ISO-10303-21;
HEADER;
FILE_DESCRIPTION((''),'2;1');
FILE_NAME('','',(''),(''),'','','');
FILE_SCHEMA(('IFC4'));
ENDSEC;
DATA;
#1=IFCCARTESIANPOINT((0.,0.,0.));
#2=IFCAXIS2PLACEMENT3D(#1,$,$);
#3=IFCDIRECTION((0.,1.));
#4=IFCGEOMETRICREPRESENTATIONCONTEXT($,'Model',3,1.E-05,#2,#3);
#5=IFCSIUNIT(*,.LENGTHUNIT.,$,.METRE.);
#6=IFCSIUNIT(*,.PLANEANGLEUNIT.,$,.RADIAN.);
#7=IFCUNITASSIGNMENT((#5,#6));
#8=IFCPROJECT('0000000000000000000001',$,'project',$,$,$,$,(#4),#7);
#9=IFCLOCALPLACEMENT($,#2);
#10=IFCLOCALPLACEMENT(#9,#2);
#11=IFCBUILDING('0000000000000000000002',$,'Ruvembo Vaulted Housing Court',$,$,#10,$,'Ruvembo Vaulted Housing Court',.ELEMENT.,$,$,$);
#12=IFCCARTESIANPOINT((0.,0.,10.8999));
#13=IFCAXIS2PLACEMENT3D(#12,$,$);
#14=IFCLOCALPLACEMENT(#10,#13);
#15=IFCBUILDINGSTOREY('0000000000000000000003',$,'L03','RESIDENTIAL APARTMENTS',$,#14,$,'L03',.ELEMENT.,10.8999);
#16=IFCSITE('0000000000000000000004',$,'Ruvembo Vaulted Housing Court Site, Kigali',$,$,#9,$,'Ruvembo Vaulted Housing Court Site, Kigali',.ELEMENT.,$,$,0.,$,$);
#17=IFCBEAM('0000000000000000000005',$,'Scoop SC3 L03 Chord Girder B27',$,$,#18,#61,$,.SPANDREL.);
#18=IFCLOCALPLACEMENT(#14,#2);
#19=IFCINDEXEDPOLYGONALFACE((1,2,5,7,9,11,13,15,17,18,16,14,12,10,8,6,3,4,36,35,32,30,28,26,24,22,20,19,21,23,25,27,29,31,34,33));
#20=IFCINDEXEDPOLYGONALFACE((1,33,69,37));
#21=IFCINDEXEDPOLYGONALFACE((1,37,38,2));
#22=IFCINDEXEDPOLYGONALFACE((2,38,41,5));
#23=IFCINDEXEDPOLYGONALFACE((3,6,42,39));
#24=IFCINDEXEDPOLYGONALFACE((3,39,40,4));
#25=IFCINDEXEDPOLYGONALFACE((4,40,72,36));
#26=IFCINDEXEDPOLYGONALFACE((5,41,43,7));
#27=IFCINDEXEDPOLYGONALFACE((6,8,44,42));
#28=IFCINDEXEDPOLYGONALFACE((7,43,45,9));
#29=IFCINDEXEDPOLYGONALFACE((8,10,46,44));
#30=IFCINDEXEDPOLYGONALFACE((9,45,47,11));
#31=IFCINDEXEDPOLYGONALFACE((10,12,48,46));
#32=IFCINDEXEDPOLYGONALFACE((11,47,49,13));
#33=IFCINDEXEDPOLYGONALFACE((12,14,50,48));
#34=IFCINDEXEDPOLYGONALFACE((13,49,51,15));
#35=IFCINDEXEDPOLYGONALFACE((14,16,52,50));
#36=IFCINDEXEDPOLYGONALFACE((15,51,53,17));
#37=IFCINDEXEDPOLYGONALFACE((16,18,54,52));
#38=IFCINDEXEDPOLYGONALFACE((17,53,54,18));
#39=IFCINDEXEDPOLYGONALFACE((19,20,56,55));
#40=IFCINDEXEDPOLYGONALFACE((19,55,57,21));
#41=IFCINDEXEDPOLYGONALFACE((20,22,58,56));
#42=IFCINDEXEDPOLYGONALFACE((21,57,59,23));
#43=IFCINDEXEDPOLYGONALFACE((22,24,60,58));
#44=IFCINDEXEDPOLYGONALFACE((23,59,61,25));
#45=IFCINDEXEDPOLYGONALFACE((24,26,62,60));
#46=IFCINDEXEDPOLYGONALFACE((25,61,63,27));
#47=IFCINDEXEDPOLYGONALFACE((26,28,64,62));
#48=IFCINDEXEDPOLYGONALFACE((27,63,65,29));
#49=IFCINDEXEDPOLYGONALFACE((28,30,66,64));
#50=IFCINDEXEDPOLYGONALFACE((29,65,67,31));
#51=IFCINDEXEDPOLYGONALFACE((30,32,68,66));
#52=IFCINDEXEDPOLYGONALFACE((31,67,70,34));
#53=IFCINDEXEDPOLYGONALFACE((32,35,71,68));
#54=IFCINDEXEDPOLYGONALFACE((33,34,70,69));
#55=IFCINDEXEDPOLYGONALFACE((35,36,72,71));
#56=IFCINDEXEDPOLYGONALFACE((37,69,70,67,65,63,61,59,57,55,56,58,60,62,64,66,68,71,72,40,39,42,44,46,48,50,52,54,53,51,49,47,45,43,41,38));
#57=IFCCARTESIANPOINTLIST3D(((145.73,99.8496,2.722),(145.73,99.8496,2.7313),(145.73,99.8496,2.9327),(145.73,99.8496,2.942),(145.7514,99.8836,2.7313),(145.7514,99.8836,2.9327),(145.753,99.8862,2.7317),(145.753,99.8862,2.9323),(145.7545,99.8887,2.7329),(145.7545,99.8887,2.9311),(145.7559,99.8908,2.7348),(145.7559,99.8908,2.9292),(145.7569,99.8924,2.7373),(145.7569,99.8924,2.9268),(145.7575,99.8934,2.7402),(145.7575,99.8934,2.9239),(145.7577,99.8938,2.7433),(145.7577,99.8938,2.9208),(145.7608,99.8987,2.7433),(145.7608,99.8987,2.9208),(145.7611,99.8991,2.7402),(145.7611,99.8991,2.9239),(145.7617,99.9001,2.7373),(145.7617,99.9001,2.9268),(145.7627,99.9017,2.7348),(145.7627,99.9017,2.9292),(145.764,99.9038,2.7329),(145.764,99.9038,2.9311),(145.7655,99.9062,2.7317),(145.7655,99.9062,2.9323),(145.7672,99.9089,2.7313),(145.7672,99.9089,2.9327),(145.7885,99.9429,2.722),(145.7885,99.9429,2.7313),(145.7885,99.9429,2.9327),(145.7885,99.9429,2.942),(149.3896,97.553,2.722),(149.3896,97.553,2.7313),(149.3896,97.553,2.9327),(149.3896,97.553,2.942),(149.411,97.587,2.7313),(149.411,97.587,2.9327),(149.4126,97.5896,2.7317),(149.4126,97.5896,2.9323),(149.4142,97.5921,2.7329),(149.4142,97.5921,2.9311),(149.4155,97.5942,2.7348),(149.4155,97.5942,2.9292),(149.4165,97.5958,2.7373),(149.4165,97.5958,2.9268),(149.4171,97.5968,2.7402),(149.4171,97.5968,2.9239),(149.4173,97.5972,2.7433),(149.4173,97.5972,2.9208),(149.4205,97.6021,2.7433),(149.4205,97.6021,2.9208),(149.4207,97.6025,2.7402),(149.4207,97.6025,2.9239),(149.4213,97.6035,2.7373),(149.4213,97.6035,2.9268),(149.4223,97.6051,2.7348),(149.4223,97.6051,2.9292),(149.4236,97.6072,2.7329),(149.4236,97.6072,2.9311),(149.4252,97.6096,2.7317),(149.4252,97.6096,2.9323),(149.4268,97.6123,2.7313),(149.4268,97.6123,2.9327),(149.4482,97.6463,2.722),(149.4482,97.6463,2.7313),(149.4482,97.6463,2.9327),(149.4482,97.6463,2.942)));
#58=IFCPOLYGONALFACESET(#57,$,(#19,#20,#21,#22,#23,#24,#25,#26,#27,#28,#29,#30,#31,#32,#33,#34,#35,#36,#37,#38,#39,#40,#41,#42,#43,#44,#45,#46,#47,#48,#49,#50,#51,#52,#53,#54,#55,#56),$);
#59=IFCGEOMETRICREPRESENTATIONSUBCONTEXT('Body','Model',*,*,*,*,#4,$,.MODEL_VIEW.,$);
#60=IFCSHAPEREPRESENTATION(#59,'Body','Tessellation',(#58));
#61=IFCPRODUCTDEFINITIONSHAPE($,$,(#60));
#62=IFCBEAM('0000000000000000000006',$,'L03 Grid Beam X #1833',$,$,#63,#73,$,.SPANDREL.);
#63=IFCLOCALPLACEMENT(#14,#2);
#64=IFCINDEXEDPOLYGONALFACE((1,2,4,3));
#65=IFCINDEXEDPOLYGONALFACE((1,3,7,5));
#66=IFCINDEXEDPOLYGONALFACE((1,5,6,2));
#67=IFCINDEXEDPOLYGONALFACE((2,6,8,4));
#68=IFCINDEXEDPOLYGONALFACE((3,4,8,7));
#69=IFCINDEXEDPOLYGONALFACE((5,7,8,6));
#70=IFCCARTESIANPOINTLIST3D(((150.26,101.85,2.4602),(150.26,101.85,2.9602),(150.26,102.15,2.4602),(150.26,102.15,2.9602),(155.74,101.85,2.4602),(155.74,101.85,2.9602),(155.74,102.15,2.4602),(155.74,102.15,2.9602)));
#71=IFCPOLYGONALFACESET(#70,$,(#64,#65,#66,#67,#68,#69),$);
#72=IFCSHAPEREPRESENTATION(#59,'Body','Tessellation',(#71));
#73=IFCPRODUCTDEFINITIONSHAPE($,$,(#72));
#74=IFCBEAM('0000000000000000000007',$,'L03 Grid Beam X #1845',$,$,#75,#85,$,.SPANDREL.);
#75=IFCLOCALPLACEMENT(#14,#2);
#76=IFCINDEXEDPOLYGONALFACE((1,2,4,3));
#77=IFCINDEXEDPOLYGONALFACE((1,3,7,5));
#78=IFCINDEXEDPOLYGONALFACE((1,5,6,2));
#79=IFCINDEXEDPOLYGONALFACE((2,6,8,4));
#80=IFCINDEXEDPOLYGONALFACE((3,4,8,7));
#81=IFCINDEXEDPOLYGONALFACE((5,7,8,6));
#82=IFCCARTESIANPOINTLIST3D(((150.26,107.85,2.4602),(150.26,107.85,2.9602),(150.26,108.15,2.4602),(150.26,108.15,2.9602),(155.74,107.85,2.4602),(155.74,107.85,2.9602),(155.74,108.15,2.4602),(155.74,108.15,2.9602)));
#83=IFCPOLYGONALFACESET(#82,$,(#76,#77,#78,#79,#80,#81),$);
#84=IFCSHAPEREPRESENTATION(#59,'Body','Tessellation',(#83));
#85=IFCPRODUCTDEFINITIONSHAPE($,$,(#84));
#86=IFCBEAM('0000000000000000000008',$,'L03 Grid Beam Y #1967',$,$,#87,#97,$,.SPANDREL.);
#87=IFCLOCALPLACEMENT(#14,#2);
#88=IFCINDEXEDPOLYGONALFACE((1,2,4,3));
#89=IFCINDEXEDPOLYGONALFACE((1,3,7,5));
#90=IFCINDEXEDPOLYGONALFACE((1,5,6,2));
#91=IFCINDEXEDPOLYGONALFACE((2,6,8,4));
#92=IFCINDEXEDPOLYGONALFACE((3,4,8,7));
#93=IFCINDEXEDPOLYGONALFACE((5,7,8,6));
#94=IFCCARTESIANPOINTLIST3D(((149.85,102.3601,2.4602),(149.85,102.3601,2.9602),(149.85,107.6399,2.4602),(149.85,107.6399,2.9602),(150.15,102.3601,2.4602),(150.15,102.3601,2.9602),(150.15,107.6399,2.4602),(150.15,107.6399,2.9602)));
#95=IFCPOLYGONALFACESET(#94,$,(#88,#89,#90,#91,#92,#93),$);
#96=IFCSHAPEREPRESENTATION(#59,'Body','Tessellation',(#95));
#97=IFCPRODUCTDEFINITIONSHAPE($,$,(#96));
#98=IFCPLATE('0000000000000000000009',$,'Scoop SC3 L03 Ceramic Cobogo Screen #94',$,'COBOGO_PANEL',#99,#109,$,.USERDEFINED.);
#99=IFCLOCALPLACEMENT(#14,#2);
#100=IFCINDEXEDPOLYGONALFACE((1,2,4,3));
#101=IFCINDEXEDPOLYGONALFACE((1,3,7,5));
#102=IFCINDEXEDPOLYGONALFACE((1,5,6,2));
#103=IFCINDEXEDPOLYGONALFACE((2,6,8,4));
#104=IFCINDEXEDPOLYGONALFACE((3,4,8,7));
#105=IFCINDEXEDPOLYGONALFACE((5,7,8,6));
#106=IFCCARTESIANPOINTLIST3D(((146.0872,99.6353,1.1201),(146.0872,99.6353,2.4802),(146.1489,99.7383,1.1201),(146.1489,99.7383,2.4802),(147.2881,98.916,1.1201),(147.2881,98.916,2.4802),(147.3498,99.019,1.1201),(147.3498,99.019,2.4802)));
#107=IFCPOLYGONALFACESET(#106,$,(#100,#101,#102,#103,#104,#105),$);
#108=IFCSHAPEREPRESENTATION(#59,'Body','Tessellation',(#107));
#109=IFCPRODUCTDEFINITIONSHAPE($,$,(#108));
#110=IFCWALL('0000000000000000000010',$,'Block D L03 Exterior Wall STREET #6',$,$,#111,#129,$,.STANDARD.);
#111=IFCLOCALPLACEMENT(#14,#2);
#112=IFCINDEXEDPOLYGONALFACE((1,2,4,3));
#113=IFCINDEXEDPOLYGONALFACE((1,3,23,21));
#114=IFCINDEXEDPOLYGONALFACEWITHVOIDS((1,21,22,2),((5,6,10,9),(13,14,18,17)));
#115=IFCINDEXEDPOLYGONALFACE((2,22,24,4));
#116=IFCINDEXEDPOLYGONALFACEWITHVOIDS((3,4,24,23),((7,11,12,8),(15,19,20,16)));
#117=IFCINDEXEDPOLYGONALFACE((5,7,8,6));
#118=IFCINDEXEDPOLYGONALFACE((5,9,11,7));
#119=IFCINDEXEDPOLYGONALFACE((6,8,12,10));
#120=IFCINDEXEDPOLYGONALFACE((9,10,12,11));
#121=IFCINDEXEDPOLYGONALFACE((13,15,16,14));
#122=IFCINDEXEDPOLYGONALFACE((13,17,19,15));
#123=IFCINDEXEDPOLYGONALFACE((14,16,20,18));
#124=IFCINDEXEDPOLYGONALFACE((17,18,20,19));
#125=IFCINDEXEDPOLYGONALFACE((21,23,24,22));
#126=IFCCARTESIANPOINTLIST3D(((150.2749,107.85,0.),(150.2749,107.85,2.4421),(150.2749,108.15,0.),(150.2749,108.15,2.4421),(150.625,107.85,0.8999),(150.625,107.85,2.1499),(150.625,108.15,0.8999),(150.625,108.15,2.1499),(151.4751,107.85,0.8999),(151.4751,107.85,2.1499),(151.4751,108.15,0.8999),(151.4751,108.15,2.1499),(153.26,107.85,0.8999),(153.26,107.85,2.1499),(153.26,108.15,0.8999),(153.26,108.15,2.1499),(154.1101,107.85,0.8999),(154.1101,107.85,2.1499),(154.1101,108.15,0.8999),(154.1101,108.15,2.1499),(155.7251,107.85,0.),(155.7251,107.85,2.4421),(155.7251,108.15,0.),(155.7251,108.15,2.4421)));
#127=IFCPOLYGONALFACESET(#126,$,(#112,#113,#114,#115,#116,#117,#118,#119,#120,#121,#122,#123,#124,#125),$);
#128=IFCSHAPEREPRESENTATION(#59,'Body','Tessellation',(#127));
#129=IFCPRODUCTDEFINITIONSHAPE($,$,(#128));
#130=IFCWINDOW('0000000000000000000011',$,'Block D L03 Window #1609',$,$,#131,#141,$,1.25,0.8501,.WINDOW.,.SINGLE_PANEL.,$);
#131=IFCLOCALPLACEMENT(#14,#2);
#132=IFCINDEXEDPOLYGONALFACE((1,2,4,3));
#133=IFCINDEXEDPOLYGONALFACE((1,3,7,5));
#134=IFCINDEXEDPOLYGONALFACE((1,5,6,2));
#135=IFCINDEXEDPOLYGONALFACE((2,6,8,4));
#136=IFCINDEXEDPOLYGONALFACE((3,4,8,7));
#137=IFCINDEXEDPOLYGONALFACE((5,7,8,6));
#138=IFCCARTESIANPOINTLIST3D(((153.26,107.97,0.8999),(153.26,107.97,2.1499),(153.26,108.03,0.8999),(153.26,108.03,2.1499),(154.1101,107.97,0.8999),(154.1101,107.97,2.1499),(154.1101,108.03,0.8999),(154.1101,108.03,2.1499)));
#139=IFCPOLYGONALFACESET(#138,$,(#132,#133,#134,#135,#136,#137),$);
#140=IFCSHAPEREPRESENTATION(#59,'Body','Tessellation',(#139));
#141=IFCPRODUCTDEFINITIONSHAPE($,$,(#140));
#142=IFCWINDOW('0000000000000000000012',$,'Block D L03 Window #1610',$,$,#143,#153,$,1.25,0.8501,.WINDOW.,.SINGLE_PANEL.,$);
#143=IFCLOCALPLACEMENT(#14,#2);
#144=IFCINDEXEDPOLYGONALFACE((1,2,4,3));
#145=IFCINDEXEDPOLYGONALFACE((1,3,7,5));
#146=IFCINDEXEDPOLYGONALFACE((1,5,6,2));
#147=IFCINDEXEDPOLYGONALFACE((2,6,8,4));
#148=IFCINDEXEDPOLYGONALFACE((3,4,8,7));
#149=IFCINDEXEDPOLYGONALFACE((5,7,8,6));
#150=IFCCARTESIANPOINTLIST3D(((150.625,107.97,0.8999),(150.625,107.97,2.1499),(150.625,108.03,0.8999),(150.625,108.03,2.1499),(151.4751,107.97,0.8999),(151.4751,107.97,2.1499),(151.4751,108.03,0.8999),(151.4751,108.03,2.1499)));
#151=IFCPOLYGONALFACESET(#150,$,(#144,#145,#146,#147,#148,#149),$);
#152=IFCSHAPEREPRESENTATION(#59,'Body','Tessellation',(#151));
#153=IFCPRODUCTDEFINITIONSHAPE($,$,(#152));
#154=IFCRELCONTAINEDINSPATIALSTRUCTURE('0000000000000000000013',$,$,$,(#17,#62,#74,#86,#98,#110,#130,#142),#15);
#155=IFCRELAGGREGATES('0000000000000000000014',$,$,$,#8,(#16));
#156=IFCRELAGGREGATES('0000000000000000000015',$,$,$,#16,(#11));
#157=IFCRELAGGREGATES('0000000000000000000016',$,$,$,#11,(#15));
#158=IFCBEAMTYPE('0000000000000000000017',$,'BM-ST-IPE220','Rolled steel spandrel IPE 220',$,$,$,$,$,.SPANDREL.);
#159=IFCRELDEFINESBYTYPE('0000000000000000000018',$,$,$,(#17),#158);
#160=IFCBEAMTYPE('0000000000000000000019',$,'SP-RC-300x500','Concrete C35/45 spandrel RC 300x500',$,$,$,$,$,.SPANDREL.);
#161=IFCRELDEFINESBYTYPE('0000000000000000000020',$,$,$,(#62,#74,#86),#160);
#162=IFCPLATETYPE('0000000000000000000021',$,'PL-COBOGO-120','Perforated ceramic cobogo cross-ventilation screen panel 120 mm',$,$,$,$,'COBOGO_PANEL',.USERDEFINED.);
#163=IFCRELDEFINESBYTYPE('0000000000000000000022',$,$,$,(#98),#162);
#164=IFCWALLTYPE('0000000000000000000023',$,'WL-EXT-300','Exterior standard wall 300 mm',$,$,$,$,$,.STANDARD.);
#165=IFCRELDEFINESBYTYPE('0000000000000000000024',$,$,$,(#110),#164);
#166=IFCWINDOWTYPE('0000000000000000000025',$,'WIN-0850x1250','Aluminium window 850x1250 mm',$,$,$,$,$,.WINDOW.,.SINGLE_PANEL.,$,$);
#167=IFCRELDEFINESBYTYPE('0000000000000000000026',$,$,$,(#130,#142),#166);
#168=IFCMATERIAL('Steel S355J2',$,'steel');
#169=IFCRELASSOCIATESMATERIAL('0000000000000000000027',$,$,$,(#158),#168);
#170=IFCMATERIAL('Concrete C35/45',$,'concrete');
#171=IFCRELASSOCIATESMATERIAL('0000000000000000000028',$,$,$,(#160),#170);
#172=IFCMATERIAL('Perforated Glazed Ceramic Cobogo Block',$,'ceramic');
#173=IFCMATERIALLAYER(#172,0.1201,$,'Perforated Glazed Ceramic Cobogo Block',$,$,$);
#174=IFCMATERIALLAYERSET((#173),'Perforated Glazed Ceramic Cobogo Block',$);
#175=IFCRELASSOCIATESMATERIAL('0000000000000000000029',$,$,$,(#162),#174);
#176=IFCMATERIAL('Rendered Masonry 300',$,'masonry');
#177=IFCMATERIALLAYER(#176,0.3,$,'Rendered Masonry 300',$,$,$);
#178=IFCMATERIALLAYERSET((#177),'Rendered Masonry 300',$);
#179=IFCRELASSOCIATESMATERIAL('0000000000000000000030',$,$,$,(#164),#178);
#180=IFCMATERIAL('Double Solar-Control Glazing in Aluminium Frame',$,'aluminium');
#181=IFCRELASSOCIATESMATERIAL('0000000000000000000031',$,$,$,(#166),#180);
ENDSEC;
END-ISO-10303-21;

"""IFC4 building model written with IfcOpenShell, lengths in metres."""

from ifc_helpers import new_model, si_unit, direction, frame, frame_2d, origin, origin_2d, place, context, subcontext, project, spatial, rectangle, i_section, extrude, material, layer, layer_set, material_profile, profile_set, type_object, element, fill, save


model = new_model("IFC4")

# Units and contexts
model_context = context("Model", 3, precision=1e-05, world=origin(), true_north=direction((0.0, 1.0)))
body_context = subcontext(model_context, "Body", "Model", "MODEL_VIEW")
ifc_project = project(units=[si_unit("LENGTHUNIT", "METRE"), si_unit("PLANEANGLEUNIT", "RADIAN")], contexts=[model_context])

# Site, building, storey
site_placement = place(None, origin())
site = spatial("IfcSite", under=ifc_project, at=site_placement, Name="Ruvembo Vaulted Housing Court Site, Kigali", LongName="Ruvembo Vaulted Housing Court Site, Kigali", CompositionType="ELEMENT", RefElevation=0.0)
building_placement = place(site_placement, origin())
building = spatial("IfcBuilding", under=site, at=building_placement, Name="Ruvembo Vaulted Housing Court", LongName="Ruvembo Vaulted Housing Court", CompositionType="ELEMENT")
storey_placement = place(building_placement, frame((0.0, 0.0, 10.8999)))
storey = spatial("IfcBuildingStorey", under=building, at=storey_placement, Name="L03", Description="RESIDENTIAL APARTMENTS", LongName="L03", CompositionType="ELEMENT", Elevation=10.8999)

# Beams
ifc_material_1 = material(Name="Steel S355J2", Category="steel")
ifc_material_profile_1 = material_profile(ifc_material_1, i_section(OverallWidth=0.1101, OverallDepth=0.22, WebThickness=0.0059, FlangeThickness=0.0093, FilletRadius=0.012, at=origin_2d()), Name="IPE 220")
ifc_profile_set_1 = profile_set([ifc_material_profile_1], Name="Steel S355J2")
beam_type_1 = type_object("IfcBeamType", Name="BM-ST-IPE220", Description="Rolled steel spandrel IPE 220", PredefinedType="SPANDREL", material=ifc_profile_set_1)
beam_1_placement = place(storey_placement, frame((145.7593, 99.8962, 2.832), z_axis=(0.847025, -0.531552, 0.0), x_axis=(0.531552, 0.847025, 0.0)))
element("IfcBeam", 1, at=beam_1_placement, inside=storey, type_object=beam_type_1, Name="Scoop SC3 L03 Chord Girder B27", PredefinedType="SPANDREL", context=body_context, shape_type="SweptSolid", body=[
    extrude(i_section(OverallWidth=0.1101, OverallDepth=0.22, WebThickness=0.0059, FlangeThickness=0.0093, FilletRadius=0.012, at=origin_2d()), origin(), (0.0, 0.0, 1.0), 4.3206),
])
ifc_material_2 = material(Name="Concrete C35/45", Category="concrete")
ifc_material_profile_2 = material_profile(ifc_material_2, rectangle(XDim=0.3, YDim=0.5, at=origin_2d()), Name="RC 300x500")
ifc_profile_set_2 = profile_set([ifc_material_profile_2], Name="Concrete C35/45")
beam_type_2 = type_object("IfcBeamType", Name="SP-RC-300x500", Description="Concrete C35/45 spandrel RC 300x500", PredefinedType="SPANDREL", material=ifc_profile_set_2)
for number, where, z_axis, x_axis, name in (
    (2, (150.26, 102.0, 2.7102), (1.0, 0.0, 0.0), (0.0, 1.0, 0.0), "L03 Grid Beam X #1833"),
    (3, (150.26, 108.0, 2.7102), (1.0, 0.0, 0.0), (0.0, 1.0, 0.0), "L03 Grid Beam X #1845"),
):
    element("IfcBeam", number, at=place(storey_placement, frame(where, z_axis=z_axis, x_axis=x_axis)), inside=storey, type_object=beam_type_2, Name=name, PredefinedType="SPANDREL", context=body_context, shape_type="SweptSolid", body=[
        extrude(rectangle(XDim=0.3, YDim=0.5, at=origin_2d()), origin(), (0.0, 0.0, 1.0), 5.48),
    ])
beam_2_placement = place(storey_placement, frame((150.0, 102.3601, 2.7102), z_axis=(0.0, 1.0, 0.0), x_axis=(-1.0, 0.0, 0.0)))
element("IfcBeam", 4, at=beam_2_placement, inside=storey, type_object=beam_type_2, Name="L03 Grid Beam Y #1967", PredefinedType="SPANDREL", context=body_context, shape_type="SweptSolid", body=[
    extrude(rectangle(XDim=0.3, YDim=0.5, at=origin_2d()), origin(), (0.0, 0.0, 1.0), 5.2798),
])

# Plate
ifc_material_3 = material(Name="Perforated Glazed Ceramic Cobogo Block", Category="ceramic")
ifc_layer_1 = layer(ifc_material_3, 0.1201, Name="Perforated Glazed Ceramic Cobogo Block")
ifc_layer_set_1 = layer_set([ifc_layer_1], Name="Perforated Glazed Ceramic Cobogo Block")
plate_type = type_object("IfcPlateType", Name="PL-COBOGO-120", Description="Perforated ceramic cobogo cross-ventilation screen panel 120 mm", ElementType="COBOGO_PANEL", PredefinedType="USERDEFINED", material=ifc_layer_set_1)
plate_placement = place(storey_placement, frame((146.7185, 99.3271, 1.1201), z_axis=(0.0, 0.0, 1.0), x_axis=(0.857895, -0.513826, 0.0)))
element("IfcPlate", 5, at=plate_placement, inside=storey, type_object=plate_type, Name="Scoop SC3 L03 Ceramic Cobogo Screen #94", ObjectType="COBOGO_PANEL", PredefinedType="USERDEFINED", context=body_context, shape_type="SweptSolid", body=[
    extrude(rectangle(XDim=1.3999, YDim=0.1201, at=origin_2d()), origin(), (0.0, 0.0, 1.0), 1.3601),
])

# Wall, openings, windows
ifc_material_4 = material(Name="Rendered Masonry 300", Category="masonry")
ifc_layer_2 = layer(ifc_material_4, 0.3, Name="Rendered Masonry 300")
ifc_layer_set_2 = layer_set([ifc_layer_2], Name="Rendered Masonry 300")
wall_type_1 = type_object("IfcWallType", Name="WL-EXT-300", Description="Exterior standard wall 300 mm", PredefinedType="STANDARD", material=ifc_layer_set_2)
wall_1_placement = place(storey_placement, frame((155.7251, 108.0, 0.0), z_axis=(0.0, 0.0, 1.0), x_axis=(-1.0, 0.0, 0.0)))
wall_1 = element("IfcWall", 6, at=wall_1_placement, inside=storey, type_object=wall_type_1, Name="Block D L03 Exterior Wall STREET #6", PredefinedType="STANDARD", context=body_context, shape_type="SweptSolid", body=[
    extrude(rectangle(XDim=5.4502, YDim=0.3, at=frame_2d((2.7251, 0.0))), origin(), (0.0, 0.0, 1.0), 2.4421),
])
opening_1_placement = place(wall_1_placement, frame((1.615, 0.0, 0.8999)))
opening_1 = element("IfcOpeningElement", 7, at=opening_1_placement, cuts=wall_1, PredefinedType="OPENING", context=body_context, shape_type="SweptSolid", body=[
    extrude(rectangle(XDim=0.8501, YDim=1.25, at=frame_2d((0.425, 0.625))), frame((0.0, 0.1599, 0.0), z_axis=(0.0, -1.0, 0.0), x_axis=(1.0, 0.0, 0.0)), (0.0, 0.0, 1.0), 0.3201),
])
opening_2_placement = place(wall_1_placement, frame((4.25, 0.0, 0.8999)))
opening_2 = element("IfcOpeningElement", 8, at=opening_2_placement, cuts=wall_1, PredefinedType="OPENING", context=body_context, shape_type="SweptSolid", body=[
    extrude(rectangle(XDim=0.8501, YDim=1.25, at=frame_2d((0.425, 0.625))), frame((0.0, 0.1599, 0.0), z_axis=(0.0, -1.0, 0.0), x_axis=(1.0, 0.0, 0.0)), (0.0, 0.0, 1.0), 0.3201),
])
ifc_material_5 = material(Name="Double Solar-Control Glazing in Aluminium Frame", Category="aluminium")
window_type_1 = type_object("IfcWindowType", Name="WIN-0850x1250", Description="Aluminium window 850x1250 mm", PartitioningType="SINGLE_PANEL", PredefinedType="WINDOW", material=ifc_material_5)
window_1_placement = place(opening_1_placement, origin())
window_1 = element("IfcWindow", 9, at=window_1_placement, inside=storey, type_object=window_type_1, Name="Block D L03 Window #1609", OverallHeight=1.25, OverallWidth=0.8501, PartitioningType="SINGLE_PANEL", PredefinedType="WINDOW", context=body_context, shape_type="SweptSolid", body=[
    extrude(rectangle(XDim=0.8501, YDim=1.25, at=frame_2d((0.425, 0.625))), frame((0.0, 0.03, 0.0), z_axis=(0.0, -1.0, 0.0), x_axis=(1.0, 0.0, 0.0)), (0.0, 0.0, 1.0), 0.0601),
])
fill(opening_1, window_1)
window_2_placement = place(opening_2_placement, origin())
window_2 = element("IfcWindow", 10, at=window_2_placement, inside=storey, type_object=window_type_1, Name="Block D L03 Window #1610", OverallHeight=1.25, OverallWidth=0.8501, PartitioningType="SINGLE_PANEL", PredefinedType="WINDOW", context=body_context, shape_type="SweptSolid", body=[
    extrude(rectangle(XDim=0.8501, YDim=1.25, at=frame_2d((0.425, 0.625))), frame((0.0, 0.03, 0.0), z_axis=(0.0, -1.0, 0.0), x_axis=(1.0, 0.0, 0.0)), (0.0, 0.0, 1.0), 0.0601),
])
fill(opening_2, window_2)

save(model, "model.ifc")
